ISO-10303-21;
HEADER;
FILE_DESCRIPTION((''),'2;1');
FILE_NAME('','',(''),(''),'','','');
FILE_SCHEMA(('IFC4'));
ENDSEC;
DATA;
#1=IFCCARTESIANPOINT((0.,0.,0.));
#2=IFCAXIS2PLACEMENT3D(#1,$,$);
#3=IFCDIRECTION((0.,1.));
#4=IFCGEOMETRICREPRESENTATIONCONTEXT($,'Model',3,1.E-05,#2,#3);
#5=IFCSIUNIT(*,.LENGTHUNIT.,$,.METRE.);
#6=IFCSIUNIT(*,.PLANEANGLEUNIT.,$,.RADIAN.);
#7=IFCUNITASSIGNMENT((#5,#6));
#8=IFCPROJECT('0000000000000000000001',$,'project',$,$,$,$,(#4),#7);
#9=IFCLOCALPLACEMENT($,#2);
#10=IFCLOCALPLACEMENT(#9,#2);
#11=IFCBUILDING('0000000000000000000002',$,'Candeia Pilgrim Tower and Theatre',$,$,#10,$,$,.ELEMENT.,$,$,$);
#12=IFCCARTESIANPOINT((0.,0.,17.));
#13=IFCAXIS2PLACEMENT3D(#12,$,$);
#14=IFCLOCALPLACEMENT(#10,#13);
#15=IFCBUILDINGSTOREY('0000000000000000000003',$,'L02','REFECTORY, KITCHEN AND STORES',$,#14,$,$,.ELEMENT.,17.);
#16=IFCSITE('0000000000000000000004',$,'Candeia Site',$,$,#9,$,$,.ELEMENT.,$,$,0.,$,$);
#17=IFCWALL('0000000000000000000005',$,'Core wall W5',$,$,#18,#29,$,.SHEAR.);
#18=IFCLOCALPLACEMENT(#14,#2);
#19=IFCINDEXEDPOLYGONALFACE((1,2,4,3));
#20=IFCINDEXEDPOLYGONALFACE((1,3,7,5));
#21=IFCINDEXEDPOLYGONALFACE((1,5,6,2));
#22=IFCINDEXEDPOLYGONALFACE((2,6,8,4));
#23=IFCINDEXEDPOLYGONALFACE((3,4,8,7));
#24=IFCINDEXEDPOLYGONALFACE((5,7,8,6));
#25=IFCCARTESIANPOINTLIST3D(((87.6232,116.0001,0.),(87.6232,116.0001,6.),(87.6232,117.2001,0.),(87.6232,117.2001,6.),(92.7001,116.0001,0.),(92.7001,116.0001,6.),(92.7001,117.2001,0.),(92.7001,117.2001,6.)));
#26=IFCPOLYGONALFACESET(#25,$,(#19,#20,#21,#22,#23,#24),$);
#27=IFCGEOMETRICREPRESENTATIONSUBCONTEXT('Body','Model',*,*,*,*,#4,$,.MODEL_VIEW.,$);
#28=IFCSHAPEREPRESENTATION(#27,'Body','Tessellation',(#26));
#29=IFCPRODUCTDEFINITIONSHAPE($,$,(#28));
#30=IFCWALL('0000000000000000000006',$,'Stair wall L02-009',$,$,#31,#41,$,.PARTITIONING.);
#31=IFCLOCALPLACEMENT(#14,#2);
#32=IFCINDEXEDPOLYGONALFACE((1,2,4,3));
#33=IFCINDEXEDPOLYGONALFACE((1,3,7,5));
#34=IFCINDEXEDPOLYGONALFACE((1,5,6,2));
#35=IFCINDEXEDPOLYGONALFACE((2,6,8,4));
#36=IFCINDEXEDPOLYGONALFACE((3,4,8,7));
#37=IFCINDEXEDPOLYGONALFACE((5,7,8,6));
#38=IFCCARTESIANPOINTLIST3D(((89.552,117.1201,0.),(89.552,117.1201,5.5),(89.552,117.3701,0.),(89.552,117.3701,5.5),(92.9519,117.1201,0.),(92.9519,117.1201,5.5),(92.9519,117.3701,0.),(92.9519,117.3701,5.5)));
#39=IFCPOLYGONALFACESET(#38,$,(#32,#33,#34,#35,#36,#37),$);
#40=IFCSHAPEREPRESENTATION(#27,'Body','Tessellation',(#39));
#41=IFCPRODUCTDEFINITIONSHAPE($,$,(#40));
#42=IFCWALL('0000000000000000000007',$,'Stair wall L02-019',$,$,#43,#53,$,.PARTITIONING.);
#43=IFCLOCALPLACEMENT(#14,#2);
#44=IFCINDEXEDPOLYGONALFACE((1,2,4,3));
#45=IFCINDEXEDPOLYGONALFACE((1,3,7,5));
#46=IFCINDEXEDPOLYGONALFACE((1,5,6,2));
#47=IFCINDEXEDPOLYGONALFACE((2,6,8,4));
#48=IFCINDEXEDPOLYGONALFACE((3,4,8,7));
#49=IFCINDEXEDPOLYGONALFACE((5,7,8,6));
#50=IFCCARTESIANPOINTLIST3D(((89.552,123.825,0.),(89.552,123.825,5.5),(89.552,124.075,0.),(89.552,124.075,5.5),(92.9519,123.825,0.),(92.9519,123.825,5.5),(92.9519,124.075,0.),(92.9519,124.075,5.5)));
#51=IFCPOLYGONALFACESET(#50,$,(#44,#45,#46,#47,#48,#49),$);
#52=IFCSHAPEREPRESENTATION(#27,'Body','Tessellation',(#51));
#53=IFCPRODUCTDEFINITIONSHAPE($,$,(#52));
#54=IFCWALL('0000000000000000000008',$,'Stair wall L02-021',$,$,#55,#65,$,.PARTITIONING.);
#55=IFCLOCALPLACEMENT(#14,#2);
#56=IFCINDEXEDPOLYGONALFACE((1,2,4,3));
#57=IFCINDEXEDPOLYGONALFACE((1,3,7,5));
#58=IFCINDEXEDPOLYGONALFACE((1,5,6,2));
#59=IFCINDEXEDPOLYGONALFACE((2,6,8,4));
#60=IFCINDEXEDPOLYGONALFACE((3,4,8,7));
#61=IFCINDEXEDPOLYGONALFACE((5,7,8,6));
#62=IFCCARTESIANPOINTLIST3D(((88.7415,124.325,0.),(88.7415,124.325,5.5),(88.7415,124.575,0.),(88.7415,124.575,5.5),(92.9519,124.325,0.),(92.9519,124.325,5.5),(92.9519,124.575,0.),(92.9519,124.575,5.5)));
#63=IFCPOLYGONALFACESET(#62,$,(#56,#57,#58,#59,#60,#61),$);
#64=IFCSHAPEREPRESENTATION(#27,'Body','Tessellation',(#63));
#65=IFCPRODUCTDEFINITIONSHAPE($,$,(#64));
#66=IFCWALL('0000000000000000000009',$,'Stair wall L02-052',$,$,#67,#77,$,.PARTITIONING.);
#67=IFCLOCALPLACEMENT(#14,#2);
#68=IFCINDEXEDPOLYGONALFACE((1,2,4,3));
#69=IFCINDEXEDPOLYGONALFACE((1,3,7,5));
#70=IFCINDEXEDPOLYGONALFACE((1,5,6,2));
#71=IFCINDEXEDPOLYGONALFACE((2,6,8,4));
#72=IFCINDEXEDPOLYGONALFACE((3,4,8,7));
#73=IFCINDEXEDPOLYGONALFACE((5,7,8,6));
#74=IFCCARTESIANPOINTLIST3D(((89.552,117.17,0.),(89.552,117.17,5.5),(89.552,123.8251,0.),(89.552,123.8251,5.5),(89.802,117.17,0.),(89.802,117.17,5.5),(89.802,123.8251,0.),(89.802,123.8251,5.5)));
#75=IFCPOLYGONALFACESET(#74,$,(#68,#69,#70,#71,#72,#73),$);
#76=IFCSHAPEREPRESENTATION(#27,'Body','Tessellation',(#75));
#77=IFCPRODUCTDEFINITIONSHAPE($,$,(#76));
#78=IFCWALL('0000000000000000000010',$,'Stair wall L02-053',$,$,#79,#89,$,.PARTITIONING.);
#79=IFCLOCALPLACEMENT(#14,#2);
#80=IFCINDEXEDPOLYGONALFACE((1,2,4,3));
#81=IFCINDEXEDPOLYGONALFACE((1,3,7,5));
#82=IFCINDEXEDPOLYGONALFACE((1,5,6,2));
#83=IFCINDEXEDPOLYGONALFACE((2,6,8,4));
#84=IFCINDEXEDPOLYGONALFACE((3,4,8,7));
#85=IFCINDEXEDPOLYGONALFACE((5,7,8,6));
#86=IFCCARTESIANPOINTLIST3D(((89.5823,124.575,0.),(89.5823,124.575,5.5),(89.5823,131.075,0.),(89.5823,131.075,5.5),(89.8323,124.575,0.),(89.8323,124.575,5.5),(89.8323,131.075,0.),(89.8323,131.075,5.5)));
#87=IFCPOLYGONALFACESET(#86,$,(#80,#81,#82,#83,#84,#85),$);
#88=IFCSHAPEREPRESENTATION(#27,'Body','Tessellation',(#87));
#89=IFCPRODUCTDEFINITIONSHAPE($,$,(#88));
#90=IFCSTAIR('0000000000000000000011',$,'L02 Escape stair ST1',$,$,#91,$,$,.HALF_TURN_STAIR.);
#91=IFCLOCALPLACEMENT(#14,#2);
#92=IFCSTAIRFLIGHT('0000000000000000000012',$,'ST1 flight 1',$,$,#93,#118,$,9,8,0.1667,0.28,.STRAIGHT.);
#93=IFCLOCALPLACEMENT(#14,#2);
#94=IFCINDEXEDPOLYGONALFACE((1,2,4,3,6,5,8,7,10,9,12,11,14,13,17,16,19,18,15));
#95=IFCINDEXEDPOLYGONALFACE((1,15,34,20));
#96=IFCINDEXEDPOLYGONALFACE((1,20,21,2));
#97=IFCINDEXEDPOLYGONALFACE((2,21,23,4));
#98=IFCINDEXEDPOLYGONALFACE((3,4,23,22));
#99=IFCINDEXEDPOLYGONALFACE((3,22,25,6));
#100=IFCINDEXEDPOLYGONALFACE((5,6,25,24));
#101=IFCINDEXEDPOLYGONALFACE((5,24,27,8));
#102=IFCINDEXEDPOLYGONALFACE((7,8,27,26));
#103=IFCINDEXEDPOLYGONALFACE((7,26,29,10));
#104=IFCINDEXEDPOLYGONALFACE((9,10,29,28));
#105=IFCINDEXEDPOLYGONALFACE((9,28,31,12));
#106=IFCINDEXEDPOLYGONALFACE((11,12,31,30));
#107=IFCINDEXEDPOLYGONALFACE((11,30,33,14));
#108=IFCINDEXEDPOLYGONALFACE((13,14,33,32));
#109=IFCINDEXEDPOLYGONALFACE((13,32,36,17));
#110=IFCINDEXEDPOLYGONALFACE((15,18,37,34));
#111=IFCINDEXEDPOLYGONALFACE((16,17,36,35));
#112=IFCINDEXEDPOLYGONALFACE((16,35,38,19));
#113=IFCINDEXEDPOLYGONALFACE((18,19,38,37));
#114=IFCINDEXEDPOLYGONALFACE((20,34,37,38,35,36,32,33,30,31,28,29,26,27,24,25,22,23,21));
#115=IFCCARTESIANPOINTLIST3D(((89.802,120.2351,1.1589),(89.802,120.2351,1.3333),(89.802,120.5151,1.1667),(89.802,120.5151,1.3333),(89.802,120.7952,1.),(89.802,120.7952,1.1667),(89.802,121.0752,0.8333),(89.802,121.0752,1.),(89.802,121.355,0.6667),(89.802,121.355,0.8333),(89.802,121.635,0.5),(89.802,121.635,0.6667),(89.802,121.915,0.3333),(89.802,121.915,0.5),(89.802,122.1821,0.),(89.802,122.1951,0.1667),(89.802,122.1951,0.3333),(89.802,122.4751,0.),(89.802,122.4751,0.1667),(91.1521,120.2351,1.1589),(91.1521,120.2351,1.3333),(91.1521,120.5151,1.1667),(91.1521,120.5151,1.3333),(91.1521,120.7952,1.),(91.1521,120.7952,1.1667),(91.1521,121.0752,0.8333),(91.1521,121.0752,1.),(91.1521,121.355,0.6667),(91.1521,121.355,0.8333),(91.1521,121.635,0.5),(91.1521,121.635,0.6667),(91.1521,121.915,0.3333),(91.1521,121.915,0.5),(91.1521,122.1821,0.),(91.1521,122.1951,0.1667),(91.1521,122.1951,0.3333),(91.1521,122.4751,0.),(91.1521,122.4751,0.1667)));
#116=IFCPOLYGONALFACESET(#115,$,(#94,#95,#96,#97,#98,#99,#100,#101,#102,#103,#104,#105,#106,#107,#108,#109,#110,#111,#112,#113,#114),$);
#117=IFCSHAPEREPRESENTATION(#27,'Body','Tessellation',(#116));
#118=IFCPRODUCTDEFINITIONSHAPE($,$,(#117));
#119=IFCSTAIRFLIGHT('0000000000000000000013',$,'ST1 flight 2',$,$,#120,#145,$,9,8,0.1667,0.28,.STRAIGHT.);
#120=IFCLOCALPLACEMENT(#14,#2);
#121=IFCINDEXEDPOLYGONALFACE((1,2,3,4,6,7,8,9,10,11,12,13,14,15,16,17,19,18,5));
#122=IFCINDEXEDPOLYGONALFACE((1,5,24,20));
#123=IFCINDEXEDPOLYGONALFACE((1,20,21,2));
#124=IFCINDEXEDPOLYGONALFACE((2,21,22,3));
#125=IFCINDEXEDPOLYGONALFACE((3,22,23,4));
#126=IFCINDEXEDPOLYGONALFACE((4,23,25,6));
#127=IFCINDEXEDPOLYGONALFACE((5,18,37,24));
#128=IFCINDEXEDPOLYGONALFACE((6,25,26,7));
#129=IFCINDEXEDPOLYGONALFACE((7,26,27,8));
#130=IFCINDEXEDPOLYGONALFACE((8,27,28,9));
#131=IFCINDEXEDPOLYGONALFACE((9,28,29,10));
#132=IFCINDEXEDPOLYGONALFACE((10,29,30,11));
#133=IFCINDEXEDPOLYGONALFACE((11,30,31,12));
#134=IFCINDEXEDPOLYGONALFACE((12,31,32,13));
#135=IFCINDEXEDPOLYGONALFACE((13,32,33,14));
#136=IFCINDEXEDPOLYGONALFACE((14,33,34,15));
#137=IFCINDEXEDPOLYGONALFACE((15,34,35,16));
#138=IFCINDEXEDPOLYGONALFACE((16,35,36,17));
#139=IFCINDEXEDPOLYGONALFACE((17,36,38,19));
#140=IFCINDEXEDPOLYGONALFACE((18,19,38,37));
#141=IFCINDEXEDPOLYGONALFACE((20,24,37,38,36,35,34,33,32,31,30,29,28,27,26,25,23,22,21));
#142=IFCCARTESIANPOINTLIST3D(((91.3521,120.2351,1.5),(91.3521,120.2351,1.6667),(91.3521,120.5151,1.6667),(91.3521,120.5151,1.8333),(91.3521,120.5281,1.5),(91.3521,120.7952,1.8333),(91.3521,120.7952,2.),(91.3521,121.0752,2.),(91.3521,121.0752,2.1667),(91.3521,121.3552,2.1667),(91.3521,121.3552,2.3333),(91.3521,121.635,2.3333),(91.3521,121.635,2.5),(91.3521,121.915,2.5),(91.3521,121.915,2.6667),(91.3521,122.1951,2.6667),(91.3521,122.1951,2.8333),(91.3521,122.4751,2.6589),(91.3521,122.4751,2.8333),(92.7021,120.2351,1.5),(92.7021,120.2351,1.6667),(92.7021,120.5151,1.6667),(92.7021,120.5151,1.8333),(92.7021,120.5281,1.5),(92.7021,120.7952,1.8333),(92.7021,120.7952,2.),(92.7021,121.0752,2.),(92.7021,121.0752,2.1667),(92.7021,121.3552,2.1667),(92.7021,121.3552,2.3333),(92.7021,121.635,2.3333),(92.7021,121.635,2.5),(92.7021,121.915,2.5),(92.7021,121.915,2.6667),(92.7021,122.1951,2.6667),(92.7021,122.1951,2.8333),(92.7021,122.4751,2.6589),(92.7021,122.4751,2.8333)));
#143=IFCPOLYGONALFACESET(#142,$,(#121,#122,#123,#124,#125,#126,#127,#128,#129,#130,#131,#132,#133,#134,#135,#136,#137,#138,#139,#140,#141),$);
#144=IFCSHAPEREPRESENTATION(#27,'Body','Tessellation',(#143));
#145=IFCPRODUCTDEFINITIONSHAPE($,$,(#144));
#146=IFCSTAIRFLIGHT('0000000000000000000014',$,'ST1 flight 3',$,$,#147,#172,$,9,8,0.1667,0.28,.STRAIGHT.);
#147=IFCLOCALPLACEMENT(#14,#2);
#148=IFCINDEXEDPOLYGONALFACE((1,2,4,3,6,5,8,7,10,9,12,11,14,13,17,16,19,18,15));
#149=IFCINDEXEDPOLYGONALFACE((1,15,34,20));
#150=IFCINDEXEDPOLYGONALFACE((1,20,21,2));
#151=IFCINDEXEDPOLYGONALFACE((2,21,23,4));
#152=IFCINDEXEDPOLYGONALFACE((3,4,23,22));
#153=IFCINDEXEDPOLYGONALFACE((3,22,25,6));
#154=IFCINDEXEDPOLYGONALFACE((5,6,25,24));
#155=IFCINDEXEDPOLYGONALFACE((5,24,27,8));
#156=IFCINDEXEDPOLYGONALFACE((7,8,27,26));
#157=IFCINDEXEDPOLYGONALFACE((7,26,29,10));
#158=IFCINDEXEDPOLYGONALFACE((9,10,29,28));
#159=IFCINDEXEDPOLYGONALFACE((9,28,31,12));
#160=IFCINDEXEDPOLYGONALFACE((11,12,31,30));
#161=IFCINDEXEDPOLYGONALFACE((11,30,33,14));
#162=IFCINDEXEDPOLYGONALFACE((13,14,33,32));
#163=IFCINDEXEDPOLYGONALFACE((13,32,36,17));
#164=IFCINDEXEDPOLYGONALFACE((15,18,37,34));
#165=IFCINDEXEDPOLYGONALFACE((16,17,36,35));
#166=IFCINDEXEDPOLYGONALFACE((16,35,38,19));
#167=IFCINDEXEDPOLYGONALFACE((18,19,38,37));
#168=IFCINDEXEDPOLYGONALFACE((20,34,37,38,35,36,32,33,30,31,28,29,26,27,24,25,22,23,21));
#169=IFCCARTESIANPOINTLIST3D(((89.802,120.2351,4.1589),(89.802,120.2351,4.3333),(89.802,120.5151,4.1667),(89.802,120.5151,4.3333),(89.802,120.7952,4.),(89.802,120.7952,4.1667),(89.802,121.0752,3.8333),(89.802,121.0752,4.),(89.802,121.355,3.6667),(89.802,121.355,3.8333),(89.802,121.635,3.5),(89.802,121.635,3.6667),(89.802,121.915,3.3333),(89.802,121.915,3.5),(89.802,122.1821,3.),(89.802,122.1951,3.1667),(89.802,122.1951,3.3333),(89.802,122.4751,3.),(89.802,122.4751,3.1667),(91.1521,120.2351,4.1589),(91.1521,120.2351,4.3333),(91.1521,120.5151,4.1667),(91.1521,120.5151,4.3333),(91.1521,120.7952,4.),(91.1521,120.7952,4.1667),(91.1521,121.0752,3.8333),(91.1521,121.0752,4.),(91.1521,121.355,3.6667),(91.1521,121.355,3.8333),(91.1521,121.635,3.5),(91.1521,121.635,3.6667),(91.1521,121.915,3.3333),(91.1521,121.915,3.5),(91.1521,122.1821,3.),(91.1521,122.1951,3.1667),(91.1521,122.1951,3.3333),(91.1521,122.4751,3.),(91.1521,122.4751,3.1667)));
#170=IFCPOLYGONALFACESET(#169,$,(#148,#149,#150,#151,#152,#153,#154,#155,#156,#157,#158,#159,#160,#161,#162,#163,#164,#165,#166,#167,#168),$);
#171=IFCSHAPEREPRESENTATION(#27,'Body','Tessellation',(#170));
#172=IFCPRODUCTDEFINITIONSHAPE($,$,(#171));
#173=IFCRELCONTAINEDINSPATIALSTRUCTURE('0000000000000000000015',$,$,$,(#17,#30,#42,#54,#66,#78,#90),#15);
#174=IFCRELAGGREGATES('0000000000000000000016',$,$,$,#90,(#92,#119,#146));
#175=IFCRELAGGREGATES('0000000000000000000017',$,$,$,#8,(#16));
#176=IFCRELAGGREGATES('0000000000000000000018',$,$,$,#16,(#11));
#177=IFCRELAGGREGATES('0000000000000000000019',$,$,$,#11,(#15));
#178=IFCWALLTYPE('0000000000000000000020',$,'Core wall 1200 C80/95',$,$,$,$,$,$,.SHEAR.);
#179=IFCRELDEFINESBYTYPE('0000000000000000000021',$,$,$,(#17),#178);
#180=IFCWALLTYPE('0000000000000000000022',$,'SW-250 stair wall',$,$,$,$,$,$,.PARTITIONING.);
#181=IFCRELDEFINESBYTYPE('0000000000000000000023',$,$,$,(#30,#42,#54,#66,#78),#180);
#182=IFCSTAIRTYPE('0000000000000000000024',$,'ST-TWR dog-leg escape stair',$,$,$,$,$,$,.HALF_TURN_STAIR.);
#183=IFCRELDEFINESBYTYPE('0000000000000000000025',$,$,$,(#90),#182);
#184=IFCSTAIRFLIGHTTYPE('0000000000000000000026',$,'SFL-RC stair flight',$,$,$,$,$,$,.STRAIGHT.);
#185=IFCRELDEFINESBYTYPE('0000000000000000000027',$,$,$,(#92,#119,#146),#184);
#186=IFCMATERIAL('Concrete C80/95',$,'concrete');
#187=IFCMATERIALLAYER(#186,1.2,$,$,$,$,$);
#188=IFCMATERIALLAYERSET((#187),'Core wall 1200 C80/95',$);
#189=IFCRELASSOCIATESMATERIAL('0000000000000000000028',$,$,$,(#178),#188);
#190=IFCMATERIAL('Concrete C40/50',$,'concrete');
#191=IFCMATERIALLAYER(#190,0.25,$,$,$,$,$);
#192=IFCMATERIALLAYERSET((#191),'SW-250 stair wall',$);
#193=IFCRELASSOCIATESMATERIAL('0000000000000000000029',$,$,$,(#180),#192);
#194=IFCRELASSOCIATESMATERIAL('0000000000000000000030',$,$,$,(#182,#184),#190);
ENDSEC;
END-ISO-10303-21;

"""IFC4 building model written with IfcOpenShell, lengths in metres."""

from ifc_helpers import new_model, si_unit, direction, frame, frame_2d, origin, place, context, subcontext, project, spatial, polyline, rectangle, outline, extrude, material, layer, layer_set, type_object, element, aggregate, save


model = new_model("IFC4")

# Units and contexts
model_context = context("Model", 3, precision=1e-05, world=origin(), true_north=direction((0.0, 1.0)))
body_context = subcontext(model_context, "Body", "Model", "MODEL_VIEW")
ifc_project = project(units=[si_unit("LENGTHUNIT", "METRE"), si_unit("PLANEANGLEUNIT", "RADIAN")], contexts=[model_context])

# Site, building, storey
site_placement = place(None, origin())
site = spatial("IfcSite", under=ifc_project, at=site_placement, Name="Candeia Site", CompositionType="ELEMENT", RefElevation=0.0)
building_placement = place(site_placement, origin())
building = spatial("IfcBuilding", under=site, at=building_placement, Name="Candeia Pilgrim Tower and Theatre", CompositionType="ELEMENT")
storey_placement = place(building_placement, frame((0.0, 0.0, 17.0)))
storey = spatial("IfcBuildingStorey", under=building, at=storey_placement, Name="L02", Description="REFECTORY, KITCHEN AND STORES", CompositionType="ELEMENT", Elevation=17.0)

# Walls
ifc_material_1 = material(Name="Concrete C80/95", Category="concrete")
ifc_layer_1 = layer(ifc_material_1, 1.2)
ifc_layer_set_1 = layer_set([ifc_layer_1], Name="Core wall 1200 C80/95")
wall_type_1 = type_object("IfcWallType", Name="Core wall 1200 C80/95", PredefinedType="SHEAR", material=ifc_layer_set_1)
wall_1_placement = place(storey_placement, frame((87.623, 116.6001, 0.0), z_axis=(0.0, 0.0, 1.0), x_axis=(1.0, 0.0, 0.0)))
element("IfcWall", 1, at=wall_1_placement, inside=storey, type_object=wall_type_1, Name="Core wall W5", PredefinedType="SHEAR", context=body_context, shape_type="SweptSolid", body=[
    extrude(rectangle(XDim=5.0769, YDim=1.2, at=frame_2d((2.5386, 0.0))), origin(), (0.0, 0.0, 1.0), 6.0),
])
ifc_material_2 = material(Name="Concrete C40/50", Category="concrete")
ifc_layer_2 = layer(ifc_material_2, 0.25)
ifc_layer_set_2 = layer_set([ifc_layer_2], Name="SW-250 stair wall")
wall_type_2 = type_object("IfcWallType", Name="SW-250 stair wall", PredefinedType="PARTITIONING", material=ifc_layer_set_2)
for number, where, z_axis, x_axis, name in (
    (2, (89.552, 117.2451, 0.0), (0.0, 0.0, 1.0), (1.0, 0.0, 0.0), "Stair wall L02-009"),
    (3, (89.552, 123.95, 0.0), (0.0, 0.0, 1.0), (1.0, 0.0, 0.0), "Stair wall L02-019"),
):
    element("IfcWall", number, at=place(storey_placement, frame(where, z_axis=z_axis, x_axis=x_axis)), inside=storey, type_object=wall_type_2, Name=name, PredefinedType="PARTITIONING", context=body_context, shape_type="SweptSolid", body=[
        extrude(rectangle(XDim=3.3999, YDim=0.25, at=frame_2d((1.7, 0.0))), origin(), (0.0, 0.0, 1.0), 5.5),
    ])
wall_2_placement = place(storey_placement, frame((88.7415, 124.45, 0.0), z_axis=(0.0, 0.0, 1.0), x_axis=(1.0, 0.0, 0.0)))
element("IfcWall", 4, at=wall_2_placement, inside=storey, type_object=wall_type_2, Name="Stair wall L02-021", PredefinedType="PARTITIONING", context=body_context, shape_type="SweptSolid", body=[
    extrude(rectangle(XDim=4.2104, YDim=0.25, at=frame_2d((2.1052, 0.0))), origin(), (0.0, 0.0, 1.0), 5.5),
])
wall_3_placement = place(storey_placement, frame((89.677, 117.1699, 0.0), z_axis=(0.0, 0.0, 1.0), x_axis=(0.0, 1.0, 0.0)))
element("IfcWall", 5, at=wall_3_placement, inside=storey, type_object=wall_type_2, Name="Stair wall L02-052", PredefinedType="PARTITIONING", context=body_context, shape_type="SweptSolid", body=[
    extrude(rectangle(XDim=6.655, YDim=0.25, at=frame_2d((3.3276, 0.0))), origin(), (0.0, 0.0, 1.0), 5.5),
])
wall_4_placement = place(storey_placement, frame((89.7073, 124.575, 0.0), z_axis=(0.0, 0.0, 1.0), x_axis=(0.0, 1.0, 0.0)))
element("IfcWall", 6, at=wall_4_placement, inside=storey, type_object=wall_type_2, Name="Stair wall L02-053", PredefinedType="PARTITIONING", context=body_context, shape_type="SweptSolid", body=[
    extrude(rectangle(XDim=6.5, YDim=0.25, at=frame_2d((3.25, 0.0))), origin(), (0.0, 0.0, 1.0), 5.5),
])

# Stair, stair flights
stair_type = type_object("IfcStairType", Name="ST-TWR dog-leg escape stair", PredefinedType="HALF_TURN_STAIR", material=ifc_material_2)
stair_placement = place(storey_placement, origin())
stair = element("IfcStair", 7, at=stair_placement, inside=storey, type_object=stair_type, Name="L02 Escape stair ST1", PredefinedType="HALF_TURN_STAIR")
stair_flight_type = type_object("IfcStairFlightType", Name="SFL-RC stair flight", PredefinedType="STRAIGHT", material=ifc_material_2)
stair_flight_1_placement = place(storey_placement, frame((90.4771, 122.4751, 0.0), z_axis=(0.0, 0.0, 1.0), x_axis=(0.0, -1.0, 0.0)))
stair_flight_1 = element("IfcStairFlight", 8, at=stair_flight_1_placement, type_object=stair_flight_type, Name="ST1 flight 1", NumberOfRisers=9, NumberOfTreads=8, PredefinedType="STRAIGHT", RiserHeight=0.1667, TreadLength=0.28, context=body_context, shape_type="SweptSolid", body=[
    extrude(outline(polyline([(0.0, 0.0), (0.0, 0.1667), (0.28, 0.1667), (0.28, 0.3333), (0.5601, 0.3333), (0.5601, 0.5), (0.8401, 0.5), (0.8401, 0.6667), (1.1201, 0.6667), (1.1201, 0.8333), (1.3999, 0.8333), (1.3999, 1.0), (1.6799, 1.0), (1.6799, 1.1667), (1.96, 1.1667), (1.96, 1.3333), (2.24, 1.3333), (2.24, 1.5), (2.24, 1.1589), (0.293, 0.0), (0.0, 0.0)])), frame((0.0, 0.675, 0.0), z_axis=(0.0, -1.0, 0.0), x_axis=(1.0, 0.0, 0.0)), (0.0, 0.0, 1.0), 1.3501),
])
stair_flight_2_placement = place(storey_placement, frame((92.0271, 120.2351, 1.5), z_axis=(0.0, 0.0, 1.0), x_axis=(0.0, 1.0, 0.0)))
stair_flight_2 = element("IfcStairFlight", 9, at=stair_flight_2_placement, type_object=stair_flight_type, Name="ST1 flight 2", NumberOfRisers=9, NumberOfTreads=8, PredefinedType="STRAIGHT", RiserHeight=0.1667, TreadLength=0.28, context=body_context, shape_type="SweptSolid", body=[
    extrude(outline(polyline([(0.0, 0.0), (0.0, 0.1667), (0.28, 0.1667), (0.28, 0.3333), (0.5601, 0.3333), (0.5601, 0.5), (0.8401, 0.5), (0.8401, 0.6667), (1.1201, 0.6667), (1.1201, 0.8333), (1.3999, 0.8333), (1.3999, 1.0), (1.6799, 1.0), (1.6799, 1.1667), (1.96, 1.1667), (1.96, 1.3333), (2.24, 1.3333), (2.24, 1.5), (2.24, 1.1589), (0.293, 0.0), (0.0, 0.0)])), frame((0.0, 0.675, 0.0), z_axis=(0.0, -1.0, 0.0), x_axis=(1.0, 0.0, 0.0)), (0.0, 0.0, 1.0), 1.3501),
])
stair_flight_3_placement = place(storey_placement, frame((90.4771, 122.4751, 3.0), z_axis=(0.0, 0.0, 1.0), x_axis=(0.0, -1.0, 0.0)))
stair_flight_3 = element("IfcStairFlight", 10, at=stair_flight_3_placement, type_object=stair_flight_type, Name="ST1 flight 3", NumberOfRisers=9, NumberOfTreads=8, PredefinedType="STRAIGHT", RiserHeight=0.1667, TreadLength=0.28, context=body_context, shape_type="SweptSolid", body=[
    extrude(outline(polyline([(0.0, 0.0), (0.0, 0.1667), (0.28, 0.1667), (0.28, 0.3333), (0.5601, 0.3333), (0.5601, 0.5), (0.8401, 0.5), (0.8401, 0.6667), (1.1201, 0.6667), (1.1201, 0.8333), (1.3999, 0.8333), (1.3999, 1.0), (1.6799, 1.0), (1.6799, 1.1667), (1.96, 1.1667), (1.96, 1.3333), (2.24, 1.3333), (2.24, 1.5), (2.24, 1.1589), (0.293, 0.0), (0.0, 0.0)])), frame((0.0, 0.675, 0.0), z_axis=(0.0, -1.0, 0.0), x_axis=(1.0, 0.0, 0.0)), (0.0, 0.0, 1.0), 1.3501),
])
aggregate(stair, [stair_flight_1, stair_flight_2, stair_flight_3])

save(model, "model.ifc")
